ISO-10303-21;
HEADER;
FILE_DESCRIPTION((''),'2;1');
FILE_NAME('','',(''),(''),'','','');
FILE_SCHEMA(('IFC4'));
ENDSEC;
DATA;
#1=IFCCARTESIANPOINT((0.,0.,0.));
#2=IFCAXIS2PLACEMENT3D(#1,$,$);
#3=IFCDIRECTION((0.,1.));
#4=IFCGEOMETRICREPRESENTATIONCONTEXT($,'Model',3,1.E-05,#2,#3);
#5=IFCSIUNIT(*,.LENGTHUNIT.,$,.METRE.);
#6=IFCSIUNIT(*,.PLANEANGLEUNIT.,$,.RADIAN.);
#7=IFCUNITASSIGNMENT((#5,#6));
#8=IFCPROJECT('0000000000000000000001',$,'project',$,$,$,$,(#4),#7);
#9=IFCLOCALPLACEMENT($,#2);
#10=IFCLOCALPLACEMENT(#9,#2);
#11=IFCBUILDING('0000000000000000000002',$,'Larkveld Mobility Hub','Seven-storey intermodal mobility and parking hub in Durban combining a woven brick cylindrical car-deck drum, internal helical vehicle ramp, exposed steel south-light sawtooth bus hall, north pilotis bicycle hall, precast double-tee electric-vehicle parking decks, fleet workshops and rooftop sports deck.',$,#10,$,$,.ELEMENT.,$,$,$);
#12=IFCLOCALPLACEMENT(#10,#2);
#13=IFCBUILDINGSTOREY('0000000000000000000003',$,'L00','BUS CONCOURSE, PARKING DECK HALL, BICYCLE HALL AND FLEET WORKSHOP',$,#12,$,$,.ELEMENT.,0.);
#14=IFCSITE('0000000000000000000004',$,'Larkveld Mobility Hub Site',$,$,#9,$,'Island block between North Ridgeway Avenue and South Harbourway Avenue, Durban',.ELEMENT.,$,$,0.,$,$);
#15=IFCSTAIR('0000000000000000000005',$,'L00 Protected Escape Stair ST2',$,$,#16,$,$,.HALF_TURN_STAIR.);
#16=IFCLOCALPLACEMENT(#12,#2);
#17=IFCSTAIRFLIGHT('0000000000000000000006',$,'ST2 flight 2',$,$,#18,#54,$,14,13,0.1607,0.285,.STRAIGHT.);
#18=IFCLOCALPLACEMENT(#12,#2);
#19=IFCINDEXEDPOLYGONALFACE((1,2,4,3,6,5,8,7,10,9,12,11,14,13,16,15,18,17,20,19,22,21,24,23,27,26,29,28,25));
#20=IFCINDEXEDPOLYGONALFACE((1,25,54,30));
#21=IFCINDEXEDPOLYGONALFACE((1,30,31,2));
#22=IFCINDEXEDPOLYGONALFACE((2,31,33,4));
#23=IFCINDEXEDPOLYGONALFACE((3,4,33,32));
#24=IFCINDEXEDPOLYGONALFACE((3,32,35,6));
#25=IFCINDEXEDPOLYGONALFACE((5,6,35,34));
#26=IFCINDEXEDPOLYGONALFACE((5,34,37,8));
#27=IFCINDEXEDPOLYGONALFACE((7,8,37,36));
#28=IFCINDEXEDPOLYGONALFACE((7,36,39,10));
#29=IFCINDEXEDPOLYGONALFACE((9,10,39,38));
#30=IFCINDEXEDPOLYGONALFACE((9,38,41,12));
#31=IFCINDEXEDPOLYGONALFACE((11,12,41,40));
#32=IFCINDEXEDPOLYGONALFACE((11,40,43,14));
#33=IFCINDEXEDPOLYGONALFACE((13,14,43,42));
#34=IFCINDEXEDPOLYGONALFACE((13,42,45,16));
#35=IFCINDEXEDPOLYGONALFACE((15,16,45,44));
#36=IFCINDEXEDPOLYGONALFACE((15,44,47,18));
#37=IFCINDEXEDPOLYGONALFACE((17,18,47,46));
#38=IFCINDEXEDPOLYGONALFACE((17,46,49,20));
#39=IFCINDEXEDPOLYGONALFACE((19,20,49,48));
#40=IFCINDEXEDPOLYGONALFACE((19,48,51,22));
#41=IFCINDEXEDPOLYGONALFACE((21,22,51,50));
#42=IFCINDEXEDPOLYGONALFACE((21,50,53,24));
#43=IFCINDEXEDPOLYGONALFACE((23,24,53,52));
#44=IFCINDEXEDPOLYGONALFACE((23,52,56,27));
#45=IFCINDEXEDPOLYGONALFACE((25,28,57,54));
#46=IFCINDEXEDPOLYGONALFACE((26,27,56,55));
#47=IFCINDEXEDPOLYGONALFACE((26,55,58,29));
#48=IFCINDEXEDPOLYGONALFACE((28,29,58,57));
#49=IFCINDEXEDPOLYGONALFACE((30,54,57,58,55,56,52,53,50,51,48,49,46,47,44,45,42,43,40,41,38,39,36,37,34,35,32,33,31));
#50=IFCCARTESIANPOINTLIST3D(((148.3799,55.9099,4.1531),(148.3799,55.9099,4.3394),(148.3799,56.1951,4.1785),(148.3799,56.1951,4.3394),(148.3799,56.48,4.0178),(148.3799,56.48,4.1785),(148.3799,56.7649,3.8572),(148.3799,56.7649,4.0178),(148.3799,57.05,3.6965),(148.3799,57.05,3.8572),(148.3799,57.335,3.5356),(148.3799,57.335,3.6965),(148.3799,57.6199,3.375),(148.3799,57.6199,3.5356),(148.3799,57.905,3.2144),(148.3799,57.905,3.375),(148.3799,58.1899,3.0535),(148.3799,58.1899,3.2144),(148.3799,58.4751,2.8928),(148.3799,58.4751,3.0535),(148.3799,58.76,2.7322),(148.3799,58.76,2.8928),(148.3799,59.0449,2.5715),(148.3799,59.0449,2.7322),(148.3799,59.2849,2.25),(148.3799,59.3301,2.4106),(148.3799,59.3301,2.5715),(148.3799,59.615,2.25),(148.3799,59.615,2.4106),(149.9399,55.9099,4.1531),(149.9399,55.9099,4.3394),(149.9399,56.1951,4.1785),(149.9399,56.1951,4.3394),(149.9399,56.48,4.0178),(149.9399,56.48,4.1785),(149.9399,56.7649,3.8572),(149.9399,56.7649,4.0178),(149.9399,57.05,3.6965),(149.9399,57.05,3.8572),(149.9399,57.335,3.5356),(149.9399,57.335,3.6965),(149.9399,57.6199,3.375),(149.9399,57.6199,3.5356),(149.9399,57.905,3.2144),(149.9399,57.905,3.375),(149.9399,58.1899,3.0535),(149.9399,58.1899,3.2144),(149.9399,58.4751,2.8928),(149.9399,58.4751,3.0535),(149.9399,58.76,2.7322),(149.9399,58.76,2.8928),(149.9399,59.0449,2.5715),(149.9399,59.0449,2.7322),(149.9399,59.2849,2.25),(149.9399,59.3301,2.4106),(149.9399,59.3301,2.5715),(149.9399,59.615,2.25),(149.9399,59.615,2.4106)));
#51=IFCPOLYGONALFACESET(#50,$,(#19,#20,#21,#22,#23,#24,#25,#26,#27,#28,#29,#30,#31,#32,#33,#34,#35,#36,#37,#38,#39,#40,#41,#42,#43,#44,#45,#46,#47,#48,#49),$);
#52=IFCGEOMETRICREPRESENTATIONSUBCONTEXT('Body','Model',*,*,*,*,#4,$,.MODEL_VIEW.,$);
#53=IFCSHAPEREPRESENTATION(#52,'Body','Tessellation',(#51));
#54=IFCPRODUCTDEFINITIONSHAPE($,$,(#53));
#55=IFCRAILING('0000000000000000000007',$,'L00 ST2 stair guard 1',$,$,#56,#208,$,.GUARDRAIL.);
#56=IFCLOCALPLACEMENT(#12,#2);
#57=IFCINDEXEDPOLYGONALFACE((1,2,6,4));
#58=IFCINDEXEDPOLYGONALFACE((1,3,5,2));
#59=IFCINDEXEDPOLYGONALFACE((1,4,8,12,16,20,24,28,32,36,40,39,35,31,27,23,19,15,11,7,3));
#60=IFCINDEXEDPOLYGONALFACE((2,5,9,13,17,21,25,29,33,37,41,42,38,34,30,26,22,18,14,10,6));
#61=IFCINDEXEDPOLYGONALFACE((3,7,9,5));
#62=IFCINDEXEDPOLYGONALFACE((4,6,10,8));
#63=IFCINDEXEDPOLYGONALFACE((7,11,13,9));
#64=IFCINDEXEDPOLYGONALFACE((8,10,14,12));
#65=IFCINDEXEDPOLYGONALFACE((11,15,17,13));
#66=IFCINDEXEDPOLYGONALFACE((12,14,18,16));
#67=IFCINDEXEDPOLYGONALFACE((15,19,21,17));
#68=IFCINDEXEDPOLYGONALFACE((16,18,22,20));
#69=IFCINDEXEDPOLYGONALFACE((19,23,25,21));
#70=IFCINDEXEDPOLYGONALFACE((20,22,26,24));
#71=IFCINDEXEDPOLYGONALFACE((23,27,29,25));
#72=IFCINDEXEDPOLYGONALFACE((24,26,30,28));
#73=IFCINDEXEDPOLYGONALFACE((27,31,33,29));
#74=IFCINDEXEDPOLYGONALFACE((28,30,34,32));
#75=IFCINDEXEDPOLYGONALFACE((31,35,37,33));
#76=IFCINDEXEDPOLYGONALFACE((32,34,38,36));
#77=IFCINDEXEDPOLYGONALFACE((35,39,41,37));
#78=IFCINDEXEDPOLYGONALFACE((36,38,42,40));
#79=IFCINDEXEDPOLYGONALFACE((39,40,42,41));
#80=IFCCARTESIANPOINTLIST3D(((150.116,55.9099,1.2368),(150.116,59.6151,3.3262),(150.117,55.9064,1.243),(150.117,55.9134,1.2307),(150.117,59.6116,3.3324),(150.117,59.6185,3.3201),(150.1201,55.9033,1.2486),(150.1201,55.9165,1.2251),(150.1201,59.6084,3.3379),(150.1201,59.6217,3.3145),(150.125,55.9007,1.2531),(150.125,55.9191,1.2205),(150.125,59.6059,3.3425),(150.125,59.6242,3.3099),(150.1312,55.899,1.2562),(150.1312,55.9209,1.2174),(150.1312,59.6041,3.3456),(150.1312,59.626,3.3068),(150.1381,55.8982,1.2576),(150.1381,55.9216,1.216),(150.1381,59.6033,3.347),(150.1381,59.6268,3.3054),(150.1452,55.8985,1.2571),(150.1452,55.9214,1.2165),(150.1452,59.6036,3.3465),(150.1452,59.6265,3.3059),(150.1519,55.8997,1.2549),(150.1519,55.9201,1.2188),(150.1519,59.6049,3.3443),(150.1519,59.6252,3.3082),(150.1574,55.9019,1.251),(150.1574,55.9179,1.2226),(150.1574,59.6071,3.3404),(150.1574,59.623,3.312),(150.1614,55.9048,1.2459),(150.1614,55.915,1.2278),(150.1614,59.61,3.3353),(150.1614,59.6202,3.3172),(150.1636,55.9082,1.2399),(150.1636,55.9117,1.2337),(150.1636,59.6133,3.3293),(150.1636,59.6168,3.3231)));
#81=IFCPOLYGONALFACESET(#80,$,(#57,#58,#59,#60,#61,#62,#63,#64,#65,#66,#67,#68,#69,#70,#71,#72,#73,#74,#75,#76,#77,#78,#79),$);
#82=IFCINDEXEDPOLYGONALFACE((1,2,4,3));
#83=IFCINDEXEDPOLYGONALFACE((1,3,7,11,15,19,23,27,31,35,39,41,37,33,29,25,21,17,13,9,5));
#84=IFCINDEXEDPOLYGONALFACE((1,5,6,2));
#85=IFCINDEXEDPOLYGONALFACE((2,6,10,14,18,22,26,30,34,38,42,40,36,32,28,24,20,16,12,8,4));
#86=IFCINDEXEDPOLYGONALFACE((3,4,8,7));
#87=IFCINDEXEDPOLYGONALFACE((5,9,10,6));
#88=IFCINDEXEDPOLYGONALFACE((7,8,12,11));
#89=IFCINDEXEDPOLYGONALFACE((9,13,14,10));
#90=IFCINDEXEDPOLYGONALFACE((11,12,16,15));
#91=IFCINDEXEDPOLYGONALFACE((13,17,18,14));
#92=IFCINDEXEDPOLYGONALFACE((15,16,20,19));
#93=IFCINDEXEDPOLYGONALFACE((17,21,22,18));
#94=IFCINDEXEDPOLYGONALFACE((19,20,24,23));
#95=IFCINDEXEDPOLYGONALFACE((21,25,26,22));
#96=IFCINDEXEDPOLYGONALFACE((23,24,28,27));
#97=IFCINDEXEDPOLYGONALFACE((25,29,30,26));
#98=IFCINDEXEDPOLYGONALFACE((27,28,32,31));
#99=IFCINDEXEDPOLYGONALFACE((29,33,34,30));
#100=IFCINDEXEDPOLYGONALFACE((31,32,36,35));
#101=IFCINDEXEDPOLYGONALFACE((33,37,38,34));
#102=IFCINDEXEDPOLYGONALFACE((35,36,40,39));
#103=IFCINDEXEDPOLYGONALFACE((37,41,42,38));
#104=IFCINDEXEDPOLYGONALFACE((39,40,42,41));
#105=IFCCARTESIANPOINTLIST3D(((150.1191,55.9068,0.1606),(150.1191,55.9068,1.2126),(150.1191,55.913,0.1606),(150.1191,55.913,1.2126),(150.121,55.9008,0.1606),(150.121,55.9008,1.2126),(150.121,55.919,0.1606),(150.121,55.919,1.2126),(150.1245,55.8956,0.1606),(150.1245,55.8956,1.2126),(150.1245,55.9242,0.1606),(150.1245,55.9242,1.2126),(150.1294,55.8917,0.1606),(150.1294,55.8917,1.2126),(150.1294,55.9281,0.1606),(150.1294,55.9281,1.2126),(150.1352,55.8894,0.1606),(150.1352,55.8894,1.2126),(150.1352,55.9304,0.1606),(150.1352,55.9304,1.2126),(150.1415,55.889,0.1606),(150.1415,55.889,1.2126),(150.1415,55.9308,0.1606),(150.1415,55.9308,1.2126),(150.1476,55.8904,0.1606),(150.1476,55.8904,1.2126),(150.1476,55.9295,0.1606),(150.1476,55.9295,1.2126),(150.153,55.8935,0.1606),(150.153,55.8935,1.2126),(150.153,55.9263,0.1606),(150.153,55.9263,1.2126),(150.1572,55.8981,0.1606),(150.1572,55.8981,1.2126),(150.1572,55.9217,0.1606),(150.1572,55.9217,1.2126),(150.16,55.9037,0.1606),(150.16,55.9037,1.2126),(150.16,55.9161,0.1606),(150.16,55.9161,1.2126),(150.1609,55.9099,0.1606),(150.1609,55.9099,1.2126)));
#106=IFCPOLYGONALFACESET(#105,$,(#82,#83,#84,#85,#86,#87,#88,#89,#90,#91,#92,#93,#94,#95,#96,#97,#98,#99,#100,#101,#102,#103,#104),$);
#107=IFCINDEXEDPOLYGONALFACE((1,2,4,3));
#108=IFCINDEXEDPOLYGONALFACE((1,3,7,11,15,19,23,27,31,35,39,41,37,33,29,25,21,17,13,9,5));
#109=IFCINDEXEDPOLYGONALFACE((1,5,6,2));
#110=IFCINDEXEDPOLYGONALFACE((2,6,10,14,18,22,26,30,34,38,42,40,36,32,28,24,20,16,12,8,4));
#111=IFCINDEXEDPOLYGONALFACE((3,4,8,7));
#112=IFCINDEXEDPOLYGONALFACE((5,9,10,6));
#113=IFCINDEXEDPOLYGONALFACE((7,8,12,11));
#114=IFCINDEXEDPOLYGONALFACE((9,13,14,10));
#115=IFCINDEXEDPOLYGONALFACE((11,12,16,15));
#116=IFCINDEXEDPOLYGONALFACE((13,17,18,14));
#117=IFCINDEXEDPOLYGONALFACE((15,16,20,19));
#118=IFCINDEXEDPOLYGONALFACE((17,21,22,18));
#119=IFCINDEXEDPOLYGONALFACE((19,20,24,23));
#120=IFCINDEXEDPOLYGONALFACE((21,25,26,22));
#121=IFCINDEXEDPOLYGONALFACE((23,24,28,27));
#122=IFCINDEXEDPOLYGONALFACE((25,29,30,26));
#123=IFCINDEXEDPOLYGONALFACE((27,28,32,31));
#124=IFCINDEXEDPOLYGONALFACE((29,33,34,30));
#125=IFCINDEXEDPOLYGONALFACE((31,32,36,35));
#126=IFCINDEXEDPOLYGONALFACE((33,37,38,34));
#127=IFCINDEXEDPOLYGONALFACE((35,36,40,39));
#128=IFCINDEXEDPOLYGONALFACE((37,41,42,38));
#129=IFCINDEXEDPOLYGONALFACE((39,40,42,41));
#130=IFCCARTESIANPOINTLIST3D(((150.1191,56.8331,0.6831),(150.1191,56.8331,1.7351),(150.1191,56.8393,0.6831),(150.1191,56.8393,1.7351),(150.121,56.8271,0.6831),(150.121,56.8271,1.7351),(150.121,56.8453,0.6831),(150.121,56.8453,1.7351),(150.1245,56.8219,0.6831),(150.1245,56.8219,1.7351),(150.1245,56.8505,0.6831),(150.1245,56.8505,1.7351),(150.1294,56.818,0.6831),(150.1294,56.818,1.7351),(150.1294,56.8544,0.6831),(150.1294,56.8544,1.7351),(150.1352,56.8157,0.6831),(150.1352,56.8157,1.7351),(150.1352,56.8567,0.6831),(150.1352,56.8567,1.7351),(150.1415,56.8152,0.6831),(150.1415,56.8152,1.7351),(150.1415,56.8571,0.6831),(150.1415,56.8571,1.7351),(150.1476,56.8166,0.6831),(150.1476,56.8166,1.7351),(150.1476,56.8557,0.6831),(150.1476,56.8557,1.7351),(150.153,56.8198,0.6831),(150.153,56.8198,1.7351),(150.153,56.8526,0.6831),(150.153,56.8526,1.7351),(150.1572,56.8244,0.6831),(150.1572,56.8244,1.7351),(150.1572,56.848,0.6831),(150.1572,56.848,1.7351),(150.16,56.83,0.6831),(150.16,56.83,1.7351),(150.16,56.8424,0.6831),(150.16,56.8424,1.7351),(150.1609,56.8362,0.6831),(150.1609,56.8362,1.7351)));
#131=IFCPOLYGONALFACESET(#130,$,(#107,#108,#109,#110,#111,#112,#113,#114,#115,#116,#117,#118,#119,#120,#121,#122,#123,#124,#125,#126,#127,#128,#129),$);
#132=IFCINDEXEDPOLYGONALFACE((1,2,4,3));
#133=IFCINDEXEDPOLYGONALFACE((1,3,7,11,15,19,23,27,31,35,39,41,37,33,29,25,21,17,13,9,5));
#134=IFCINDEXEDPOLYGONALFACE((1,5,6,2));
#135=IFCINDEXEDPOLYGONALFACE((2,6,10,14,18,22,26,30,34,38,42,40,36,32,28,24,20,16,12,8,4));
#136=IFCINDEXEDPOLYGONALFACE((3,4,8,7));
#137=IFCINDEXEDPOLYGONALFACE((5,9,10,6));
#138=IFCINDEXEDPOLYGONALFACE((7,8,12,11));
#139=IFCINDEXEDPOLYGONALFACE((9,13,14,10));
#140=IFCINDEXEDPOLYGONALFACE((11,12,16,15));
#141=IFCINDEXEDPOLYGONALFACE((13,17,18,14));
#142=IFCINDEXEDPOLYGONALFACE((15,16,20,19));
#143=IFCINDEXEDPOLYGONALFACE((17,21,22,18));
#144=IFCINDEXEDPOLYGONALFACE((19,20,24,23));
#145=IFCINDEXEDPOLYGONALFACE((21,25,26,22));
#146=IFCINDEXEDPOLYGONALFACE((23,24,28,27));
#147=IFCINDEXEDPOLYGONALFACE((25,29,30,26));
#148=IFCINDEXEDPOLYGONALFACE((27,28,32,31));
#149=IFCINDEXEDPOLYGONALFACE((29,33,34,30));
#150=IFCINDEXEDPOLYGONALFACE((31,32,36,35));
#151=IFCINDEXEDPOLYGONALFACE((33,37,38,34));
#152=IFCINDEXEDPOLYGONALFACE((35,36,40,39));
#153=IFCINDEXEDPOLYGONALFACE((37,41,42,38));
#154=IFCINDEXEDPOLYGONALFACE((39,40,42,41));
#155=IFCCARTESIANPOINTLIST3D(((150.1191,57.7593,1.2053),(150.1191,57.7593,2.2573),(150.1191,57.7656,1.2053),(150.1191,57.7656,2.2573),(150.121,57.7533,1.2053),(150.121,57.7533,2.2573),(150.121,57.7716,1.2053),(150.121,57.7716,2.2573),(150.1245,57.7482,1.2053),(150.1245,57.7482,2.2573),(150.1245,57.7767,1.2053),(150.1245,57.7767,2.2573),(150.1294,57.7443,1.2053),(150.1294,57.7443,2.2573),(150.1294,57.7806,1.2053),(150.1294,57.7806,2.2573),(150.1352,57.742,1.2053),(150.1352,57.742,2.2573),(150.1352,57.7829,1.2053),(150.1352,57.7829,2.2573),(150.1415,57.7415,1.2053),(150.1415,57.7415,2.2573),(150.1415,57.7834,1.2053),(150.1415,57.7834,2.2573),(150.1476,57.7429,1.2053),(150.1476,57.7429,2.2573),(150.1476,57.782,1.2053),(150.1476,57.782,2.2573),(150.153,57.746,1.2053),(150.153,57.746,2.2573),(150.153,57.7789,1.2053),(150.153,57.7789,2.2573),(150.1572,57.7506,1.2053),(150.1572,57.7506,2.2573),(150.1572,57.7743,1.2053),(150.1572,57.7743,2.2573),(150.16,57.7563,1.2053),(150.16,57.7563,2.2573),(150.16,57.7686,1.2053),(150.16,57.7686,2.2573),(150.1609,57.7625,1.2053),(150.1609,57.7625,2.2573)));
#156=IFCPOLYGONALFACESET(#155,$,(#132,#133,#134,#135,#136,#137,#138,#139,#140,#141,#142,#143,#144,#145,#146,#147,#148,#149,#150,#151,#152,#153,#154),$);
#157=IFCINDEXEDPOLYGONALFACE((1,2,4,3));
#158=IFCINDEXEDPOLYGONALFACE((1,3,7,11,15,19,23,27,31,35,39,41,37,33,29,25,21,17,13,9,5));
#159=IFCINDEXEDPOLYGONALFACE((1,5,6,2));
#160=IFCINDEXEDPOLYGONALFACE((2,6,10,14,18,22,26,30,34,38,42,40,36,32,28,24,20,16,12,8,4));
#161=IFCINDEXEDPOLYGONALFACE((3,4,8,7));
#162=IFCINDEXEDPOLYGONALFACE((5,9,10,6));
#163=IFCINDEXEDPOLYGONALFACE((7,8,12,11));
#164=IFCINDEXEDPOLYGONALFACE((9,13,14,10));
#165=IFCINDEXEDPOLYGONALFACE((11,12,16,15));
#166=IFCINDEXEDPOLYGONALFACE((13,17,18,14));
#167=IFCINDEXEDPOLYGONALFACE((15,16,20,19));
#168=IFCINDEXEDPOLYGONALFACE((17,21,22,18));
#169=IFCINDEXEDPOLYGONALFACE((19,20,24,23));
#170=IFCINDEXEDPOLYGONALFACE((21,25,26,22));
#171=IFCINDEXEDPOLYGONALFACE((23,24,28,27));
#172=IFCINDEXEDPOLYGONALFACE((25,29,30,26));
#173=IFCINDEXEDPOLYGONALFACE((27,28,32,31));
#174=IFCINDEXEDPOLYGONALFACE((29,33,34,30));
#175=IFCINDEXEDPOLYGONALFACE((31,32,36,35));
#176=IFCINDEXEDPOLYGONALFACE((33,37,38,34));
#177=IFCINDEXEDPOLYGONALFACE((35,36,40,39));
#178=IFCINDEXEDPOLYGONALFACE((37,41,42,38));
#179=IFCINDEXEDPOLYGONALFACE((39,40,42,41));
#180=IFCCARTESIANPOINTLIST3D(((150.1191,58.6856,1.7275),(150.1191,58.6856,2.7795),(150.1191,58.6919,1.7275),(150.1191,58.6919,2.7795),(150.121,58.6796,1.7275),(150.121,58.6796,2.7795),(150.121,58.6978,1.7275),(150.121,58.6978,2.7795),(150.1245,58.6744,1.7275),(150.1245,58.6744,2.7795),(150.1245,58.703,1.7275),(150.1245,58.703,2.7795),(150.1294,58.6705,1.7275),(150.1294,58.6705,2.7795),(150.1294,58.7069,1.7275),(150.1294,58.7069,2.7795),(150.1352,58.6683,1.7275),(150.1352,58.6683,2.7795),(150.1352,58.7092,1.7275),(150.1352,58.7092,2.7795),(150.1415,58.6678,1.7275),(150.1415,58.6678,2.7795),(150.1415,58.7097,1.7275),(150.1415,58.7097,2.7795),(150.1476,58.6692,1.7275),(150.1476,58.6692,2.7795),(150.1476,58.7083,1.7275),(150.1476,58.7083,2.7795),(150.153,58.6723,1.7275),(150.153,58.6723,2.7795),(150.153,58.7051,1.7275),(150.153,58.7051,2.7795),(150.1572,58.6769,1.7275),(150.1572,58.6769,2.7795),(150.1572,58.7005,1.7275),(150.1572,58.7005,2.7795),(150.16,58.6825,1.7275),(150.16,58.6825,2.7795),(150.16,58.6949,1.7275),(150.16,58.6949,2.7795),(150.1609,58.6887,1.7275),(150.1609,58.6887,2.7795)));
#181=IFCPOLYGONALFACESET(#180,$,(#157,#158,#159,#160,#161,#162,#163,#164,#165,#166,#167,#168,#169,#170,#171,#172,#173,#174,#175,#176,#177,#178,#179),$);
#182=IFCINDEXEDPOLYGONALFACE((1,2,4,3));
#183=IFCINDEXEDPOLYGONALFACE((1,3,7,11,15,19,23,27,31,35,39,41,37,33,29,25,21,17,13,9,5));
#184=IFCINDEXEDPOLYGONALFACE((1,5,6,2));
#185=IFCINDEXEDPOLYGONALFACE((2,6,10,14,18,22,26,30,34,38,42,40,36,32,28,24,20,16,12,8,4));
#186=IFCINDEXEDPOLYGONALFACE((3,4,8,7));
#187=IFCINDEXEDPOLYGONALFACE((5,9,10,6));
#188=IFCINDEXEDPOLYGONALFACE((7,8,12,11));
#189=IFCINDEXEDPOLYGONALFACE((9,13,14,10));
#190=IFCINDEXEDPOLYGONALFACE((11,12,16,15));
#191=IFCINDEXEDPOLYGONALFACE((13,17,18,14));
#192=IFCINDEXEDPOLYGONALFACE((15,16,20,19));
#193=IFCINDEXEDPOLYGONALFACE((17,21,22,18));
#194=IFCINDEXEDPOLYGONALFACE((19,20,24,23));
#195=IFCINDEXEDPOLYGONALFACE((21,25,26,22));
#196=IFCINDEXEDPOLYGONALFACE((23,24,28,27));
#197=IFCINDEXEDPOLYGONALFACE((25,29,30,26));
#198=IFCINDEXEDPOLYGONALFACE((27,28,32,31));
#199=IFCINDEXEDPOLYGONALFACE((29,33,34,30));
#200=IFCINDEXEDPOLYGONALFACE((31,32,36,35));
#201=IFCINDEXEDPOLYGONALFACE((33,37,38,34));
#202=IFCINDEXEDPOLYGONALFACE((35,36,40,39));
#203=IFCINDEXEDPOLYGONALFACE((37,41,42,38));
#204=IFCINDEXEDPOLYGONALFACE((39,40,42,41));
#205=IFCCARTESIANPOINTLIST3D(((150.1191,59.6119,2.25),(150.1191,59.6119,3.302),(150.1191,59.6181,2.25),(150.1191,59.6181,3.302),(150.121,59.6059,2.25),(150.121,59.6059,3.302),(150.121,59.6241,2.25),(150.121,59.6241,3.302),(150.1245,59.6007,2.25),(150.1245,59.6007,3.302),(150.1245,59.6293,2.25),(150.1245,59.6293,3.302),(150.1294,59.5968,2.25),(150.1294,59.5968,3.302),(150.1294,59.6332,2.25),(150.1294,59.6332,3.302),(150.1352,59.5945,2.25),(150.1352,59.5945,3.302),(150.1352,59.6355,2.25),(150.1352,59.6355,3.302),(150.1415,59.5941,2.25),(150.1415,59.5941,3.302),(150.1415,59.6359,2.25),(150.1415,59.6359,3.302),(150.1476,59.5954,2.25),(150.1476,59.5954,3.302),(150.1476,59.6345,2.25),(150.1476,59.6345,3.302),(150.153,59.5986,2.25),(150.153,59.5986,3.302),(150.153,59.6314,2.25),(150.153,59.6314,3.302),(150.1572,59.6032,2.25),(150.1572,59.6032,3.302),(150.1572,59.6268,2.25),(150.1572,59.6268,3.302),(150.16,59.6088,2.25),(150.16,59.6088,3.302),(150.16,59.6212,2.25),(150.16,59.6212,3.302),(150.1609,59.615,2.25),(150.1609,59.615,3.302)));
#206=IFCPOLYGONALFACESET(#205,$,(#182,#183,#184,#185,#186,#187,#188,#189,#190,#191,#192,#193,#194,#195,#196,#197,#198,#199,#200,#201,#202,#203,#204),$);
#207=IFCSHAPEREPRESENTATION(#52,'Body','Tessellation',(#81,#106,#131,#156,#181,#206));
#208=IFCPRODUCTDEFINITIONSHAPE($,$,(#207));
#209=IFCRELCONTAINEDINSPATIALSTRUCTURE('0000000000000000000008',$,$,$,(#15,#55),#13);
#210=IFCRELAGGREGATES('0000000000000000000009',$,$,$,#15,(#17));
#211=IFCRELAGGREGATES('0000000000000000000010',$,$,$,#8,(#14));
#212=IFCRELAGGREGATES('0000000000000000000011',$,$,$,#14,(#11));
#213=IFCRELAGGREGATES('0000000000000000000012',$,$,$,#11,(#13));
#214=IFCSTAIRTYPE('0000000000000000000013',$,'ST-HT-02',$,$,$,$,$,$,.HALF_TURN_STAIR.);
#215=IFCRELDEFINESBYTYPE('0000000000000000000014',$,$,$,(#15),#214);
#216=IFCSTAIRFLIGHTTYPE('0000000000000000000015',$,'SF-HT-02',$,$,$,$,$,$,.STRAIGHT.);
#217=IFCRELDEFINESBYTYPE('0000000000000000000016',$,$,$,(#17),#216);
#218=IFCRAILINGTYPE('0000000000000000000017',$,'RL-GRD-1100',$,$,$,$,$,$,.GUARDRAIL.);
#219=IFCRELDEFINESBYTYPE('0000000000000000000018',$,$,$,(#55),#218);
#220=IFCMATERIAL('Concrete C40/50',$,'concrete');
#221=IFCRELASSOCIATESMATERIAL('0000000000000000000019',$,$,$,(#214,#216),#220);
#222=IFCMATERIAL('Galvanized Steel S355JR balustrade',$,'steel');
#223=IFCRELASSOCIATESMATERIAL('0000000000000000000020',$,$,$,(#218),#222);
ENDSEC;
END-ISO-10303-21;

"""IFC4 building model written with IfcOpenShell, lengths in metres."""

from ifc_helpers import new_model, si_unit, direction, frame, origin, origin_2d, place, context, subcontext, project, spatial, polyline, circle, outline, extrude, material, type_object, element, aggregate, save


model = new_model("IFC4")

# Units and contexts
model_context = context("Model", 3, precision=1e-05, world=origin(), true_north=direction((0.0, 1.0)))
body_context = subcontext(model_context, "Body", "Model", "MODEL_VIEW")
ifc_project = project(units=[si_unit("LENGTHUNIT", "METRE"), si_unit("PLANEANGLEUNIT", "RADIAN")], contexts=[model_context])

# Site, building, storey
site_placement = place(None, origin())
site = spatial("IfcSite", under=ifc_project, at=site_placement, Name="Larkveld Mobility Hub Site", LongName="Island block between North Ridgeway Avenue and South Harbourway Avenue, Durban", CompositionType="ELEMENT", RefElevation=0.0)
building_placement = place(site_placement, origin())
building = spatial("IfcBuilding", under=site, at=building_placement, Name="Larkveld Mobility Hub", Description="Seven-storey intermodal mobility and parking hub in Durban combining a woven brick cylindrical car-deck drum, internal helical vehicle ramp, exposed steel south-light sawtooth bus hall, north pilotis bicycle hall, precast double-tee electric-vehicle parking decks, fleet workshops and rooftop sports deck.", CompositionType="ELEMENT")
storey_placement = place(building_placement, origin())
storey = spatial("IfcBuildingStorey", under=building, at=storey_placement, Name="L00", Description="BUS CONCOURSE, PARKING DECK HALL, BICYCLE HALL AND FLEET WORKSHOP", CompositionType="ELEMENT", Elevation=0.0)

# Shared definitions
ifc_material_1 = material(Name="Concrete C40/50", Category="concrete")

# Stair, stair flight
stair_type = type_object("IfcStairType", Name="ST-HT-02", PredefinedType="HALF_TURN_STAIR", material=ifc_material_1)
stair_placement = place(storey_placement, origin())
stair = element("IfcStair", 1, at=stair_placement, inside=storey, type_object=stair_type, Name="L00 Protected Escape Stair ST2", PredefinedType="HALF_TURN_STAIR")
stair_flight_type = type_object("IfcStairFlightType", Name="SF-HT-02", PredefinedType="STRAIGHT", material=ifc_material_1)
stair_flight_1_placement = place(storey_placement, frame((149.1599, 59.615, 2.25), z_axis=(0.0, 0.0, 1.0), x_axis=(0.0, -1.0, 0.0)))
stair_flight_1 = element("IfcStairFlight", 2, at=stair_flight_1_placement, type_object=stair_flight_type, Name="ST2 flight 2", NumberOfRisers=14, NumberOfTreads=13, PredefinedType="STRAIGHT", RiserHeight=0.1607, TreadLength=0.285, context=body_context, shape_type="SweptSolid", body=[
    extrude(outline(polyline([(0.0, 0.0), (0.0, 0.1606), (0.2849, 0.1606), (0.2849, 0.3215), (0.5701, 0.3215), (0.5701, 0.4822), (0.855, 0.4822), (0.855, 0.6428), (1.1399, 0.6428), (1.1399, 0.8035), (1.425, 0.8035), (1.425, 0.9644), (1.71, 0.9644), (1.71, 1.125), (1.9951, 1.125), (1.9951, 1.2856), (2.28, 1.2856), (2.28, 1.4465), (2.5649, 1.4465), (2.5649, 1.6072), (2.8501, 1.6072), (2.8501, 1.7678), (3.135, 1.7678), (3.135, 1.9285), (3.4199, 1.9285), (3.4199, 2.0894), (3.7051, 2.0894), (3.7051, 2.25), (3.7051, 1.9031), (0.3301, 0.0), (0.0, 0.0)])), frame((0.0, 0.78, 0.0), z_axis=(0.0, -1.0, 0.0), x_axis=(1.0, 0.0, 0.0)), (0.0, 0.0, 1.0), 1.5601),
])
aggregate(stair, [stair_flight_1])

# Railing
ifc_material_2 = material(Name="Galvanized Steel S355JR balustrade", Category="steel")
railing_type_1 = type_object("IfcRailingType", Name="RL-GRD-1100", PredefinedType="GUARDRAIL", material=ifc_material_2)
railing_1_placement = place(storey_placement, frame((150.1399, 55.9099, 0.1606)))
element("IfcRailing", 3, at=railing_1_placement, inside=storey, type_object=railing_type_1, Name="L00 ST2 stair guard 1", PredefinedType="GUARDRAIL", context=body_context, shape_type="SweptSolid", body=[
    extrude(circle(Radius=0.0239, at=origin_2d()), frame((0.0, 0.0, 1.0762), z_axis=(0.0, 0.871048, 0.491198), x_axis=(-1.0, 0.0, 0.0)), (0.0, 0.0, 1.0), 4.2537),
    extrude(circle(Radius=0.021, at=origin_2d()), origin(), (0.0, 0.0, 1.0), 1.052),
    extrude(circle(Radius=0.021, at=origin_2d()), frame((0.0, 0.9263, 0.5225)), (0.0, 0.0, 1.0), 1.052),
    extrude(circle(Radius=0.021, at=origin_2d()), frame((0.0, 1.8525, 1.0447)), (0.0, 0.0, 1.0), 1.052),
    extrude(circle(Radius=0.021, at=origin_2d()), frame((0.0, 2.7788, 1.5669)), (0.0, 0.0, 1.0), 1.052),
    extrude(circle(Radius=0.021, at=origin_2d()), frame((0.0, 3.7051, 2.0894)), (0.0, 0.0, 1.0), 1.052),
])

save(model, "model.ifc")
